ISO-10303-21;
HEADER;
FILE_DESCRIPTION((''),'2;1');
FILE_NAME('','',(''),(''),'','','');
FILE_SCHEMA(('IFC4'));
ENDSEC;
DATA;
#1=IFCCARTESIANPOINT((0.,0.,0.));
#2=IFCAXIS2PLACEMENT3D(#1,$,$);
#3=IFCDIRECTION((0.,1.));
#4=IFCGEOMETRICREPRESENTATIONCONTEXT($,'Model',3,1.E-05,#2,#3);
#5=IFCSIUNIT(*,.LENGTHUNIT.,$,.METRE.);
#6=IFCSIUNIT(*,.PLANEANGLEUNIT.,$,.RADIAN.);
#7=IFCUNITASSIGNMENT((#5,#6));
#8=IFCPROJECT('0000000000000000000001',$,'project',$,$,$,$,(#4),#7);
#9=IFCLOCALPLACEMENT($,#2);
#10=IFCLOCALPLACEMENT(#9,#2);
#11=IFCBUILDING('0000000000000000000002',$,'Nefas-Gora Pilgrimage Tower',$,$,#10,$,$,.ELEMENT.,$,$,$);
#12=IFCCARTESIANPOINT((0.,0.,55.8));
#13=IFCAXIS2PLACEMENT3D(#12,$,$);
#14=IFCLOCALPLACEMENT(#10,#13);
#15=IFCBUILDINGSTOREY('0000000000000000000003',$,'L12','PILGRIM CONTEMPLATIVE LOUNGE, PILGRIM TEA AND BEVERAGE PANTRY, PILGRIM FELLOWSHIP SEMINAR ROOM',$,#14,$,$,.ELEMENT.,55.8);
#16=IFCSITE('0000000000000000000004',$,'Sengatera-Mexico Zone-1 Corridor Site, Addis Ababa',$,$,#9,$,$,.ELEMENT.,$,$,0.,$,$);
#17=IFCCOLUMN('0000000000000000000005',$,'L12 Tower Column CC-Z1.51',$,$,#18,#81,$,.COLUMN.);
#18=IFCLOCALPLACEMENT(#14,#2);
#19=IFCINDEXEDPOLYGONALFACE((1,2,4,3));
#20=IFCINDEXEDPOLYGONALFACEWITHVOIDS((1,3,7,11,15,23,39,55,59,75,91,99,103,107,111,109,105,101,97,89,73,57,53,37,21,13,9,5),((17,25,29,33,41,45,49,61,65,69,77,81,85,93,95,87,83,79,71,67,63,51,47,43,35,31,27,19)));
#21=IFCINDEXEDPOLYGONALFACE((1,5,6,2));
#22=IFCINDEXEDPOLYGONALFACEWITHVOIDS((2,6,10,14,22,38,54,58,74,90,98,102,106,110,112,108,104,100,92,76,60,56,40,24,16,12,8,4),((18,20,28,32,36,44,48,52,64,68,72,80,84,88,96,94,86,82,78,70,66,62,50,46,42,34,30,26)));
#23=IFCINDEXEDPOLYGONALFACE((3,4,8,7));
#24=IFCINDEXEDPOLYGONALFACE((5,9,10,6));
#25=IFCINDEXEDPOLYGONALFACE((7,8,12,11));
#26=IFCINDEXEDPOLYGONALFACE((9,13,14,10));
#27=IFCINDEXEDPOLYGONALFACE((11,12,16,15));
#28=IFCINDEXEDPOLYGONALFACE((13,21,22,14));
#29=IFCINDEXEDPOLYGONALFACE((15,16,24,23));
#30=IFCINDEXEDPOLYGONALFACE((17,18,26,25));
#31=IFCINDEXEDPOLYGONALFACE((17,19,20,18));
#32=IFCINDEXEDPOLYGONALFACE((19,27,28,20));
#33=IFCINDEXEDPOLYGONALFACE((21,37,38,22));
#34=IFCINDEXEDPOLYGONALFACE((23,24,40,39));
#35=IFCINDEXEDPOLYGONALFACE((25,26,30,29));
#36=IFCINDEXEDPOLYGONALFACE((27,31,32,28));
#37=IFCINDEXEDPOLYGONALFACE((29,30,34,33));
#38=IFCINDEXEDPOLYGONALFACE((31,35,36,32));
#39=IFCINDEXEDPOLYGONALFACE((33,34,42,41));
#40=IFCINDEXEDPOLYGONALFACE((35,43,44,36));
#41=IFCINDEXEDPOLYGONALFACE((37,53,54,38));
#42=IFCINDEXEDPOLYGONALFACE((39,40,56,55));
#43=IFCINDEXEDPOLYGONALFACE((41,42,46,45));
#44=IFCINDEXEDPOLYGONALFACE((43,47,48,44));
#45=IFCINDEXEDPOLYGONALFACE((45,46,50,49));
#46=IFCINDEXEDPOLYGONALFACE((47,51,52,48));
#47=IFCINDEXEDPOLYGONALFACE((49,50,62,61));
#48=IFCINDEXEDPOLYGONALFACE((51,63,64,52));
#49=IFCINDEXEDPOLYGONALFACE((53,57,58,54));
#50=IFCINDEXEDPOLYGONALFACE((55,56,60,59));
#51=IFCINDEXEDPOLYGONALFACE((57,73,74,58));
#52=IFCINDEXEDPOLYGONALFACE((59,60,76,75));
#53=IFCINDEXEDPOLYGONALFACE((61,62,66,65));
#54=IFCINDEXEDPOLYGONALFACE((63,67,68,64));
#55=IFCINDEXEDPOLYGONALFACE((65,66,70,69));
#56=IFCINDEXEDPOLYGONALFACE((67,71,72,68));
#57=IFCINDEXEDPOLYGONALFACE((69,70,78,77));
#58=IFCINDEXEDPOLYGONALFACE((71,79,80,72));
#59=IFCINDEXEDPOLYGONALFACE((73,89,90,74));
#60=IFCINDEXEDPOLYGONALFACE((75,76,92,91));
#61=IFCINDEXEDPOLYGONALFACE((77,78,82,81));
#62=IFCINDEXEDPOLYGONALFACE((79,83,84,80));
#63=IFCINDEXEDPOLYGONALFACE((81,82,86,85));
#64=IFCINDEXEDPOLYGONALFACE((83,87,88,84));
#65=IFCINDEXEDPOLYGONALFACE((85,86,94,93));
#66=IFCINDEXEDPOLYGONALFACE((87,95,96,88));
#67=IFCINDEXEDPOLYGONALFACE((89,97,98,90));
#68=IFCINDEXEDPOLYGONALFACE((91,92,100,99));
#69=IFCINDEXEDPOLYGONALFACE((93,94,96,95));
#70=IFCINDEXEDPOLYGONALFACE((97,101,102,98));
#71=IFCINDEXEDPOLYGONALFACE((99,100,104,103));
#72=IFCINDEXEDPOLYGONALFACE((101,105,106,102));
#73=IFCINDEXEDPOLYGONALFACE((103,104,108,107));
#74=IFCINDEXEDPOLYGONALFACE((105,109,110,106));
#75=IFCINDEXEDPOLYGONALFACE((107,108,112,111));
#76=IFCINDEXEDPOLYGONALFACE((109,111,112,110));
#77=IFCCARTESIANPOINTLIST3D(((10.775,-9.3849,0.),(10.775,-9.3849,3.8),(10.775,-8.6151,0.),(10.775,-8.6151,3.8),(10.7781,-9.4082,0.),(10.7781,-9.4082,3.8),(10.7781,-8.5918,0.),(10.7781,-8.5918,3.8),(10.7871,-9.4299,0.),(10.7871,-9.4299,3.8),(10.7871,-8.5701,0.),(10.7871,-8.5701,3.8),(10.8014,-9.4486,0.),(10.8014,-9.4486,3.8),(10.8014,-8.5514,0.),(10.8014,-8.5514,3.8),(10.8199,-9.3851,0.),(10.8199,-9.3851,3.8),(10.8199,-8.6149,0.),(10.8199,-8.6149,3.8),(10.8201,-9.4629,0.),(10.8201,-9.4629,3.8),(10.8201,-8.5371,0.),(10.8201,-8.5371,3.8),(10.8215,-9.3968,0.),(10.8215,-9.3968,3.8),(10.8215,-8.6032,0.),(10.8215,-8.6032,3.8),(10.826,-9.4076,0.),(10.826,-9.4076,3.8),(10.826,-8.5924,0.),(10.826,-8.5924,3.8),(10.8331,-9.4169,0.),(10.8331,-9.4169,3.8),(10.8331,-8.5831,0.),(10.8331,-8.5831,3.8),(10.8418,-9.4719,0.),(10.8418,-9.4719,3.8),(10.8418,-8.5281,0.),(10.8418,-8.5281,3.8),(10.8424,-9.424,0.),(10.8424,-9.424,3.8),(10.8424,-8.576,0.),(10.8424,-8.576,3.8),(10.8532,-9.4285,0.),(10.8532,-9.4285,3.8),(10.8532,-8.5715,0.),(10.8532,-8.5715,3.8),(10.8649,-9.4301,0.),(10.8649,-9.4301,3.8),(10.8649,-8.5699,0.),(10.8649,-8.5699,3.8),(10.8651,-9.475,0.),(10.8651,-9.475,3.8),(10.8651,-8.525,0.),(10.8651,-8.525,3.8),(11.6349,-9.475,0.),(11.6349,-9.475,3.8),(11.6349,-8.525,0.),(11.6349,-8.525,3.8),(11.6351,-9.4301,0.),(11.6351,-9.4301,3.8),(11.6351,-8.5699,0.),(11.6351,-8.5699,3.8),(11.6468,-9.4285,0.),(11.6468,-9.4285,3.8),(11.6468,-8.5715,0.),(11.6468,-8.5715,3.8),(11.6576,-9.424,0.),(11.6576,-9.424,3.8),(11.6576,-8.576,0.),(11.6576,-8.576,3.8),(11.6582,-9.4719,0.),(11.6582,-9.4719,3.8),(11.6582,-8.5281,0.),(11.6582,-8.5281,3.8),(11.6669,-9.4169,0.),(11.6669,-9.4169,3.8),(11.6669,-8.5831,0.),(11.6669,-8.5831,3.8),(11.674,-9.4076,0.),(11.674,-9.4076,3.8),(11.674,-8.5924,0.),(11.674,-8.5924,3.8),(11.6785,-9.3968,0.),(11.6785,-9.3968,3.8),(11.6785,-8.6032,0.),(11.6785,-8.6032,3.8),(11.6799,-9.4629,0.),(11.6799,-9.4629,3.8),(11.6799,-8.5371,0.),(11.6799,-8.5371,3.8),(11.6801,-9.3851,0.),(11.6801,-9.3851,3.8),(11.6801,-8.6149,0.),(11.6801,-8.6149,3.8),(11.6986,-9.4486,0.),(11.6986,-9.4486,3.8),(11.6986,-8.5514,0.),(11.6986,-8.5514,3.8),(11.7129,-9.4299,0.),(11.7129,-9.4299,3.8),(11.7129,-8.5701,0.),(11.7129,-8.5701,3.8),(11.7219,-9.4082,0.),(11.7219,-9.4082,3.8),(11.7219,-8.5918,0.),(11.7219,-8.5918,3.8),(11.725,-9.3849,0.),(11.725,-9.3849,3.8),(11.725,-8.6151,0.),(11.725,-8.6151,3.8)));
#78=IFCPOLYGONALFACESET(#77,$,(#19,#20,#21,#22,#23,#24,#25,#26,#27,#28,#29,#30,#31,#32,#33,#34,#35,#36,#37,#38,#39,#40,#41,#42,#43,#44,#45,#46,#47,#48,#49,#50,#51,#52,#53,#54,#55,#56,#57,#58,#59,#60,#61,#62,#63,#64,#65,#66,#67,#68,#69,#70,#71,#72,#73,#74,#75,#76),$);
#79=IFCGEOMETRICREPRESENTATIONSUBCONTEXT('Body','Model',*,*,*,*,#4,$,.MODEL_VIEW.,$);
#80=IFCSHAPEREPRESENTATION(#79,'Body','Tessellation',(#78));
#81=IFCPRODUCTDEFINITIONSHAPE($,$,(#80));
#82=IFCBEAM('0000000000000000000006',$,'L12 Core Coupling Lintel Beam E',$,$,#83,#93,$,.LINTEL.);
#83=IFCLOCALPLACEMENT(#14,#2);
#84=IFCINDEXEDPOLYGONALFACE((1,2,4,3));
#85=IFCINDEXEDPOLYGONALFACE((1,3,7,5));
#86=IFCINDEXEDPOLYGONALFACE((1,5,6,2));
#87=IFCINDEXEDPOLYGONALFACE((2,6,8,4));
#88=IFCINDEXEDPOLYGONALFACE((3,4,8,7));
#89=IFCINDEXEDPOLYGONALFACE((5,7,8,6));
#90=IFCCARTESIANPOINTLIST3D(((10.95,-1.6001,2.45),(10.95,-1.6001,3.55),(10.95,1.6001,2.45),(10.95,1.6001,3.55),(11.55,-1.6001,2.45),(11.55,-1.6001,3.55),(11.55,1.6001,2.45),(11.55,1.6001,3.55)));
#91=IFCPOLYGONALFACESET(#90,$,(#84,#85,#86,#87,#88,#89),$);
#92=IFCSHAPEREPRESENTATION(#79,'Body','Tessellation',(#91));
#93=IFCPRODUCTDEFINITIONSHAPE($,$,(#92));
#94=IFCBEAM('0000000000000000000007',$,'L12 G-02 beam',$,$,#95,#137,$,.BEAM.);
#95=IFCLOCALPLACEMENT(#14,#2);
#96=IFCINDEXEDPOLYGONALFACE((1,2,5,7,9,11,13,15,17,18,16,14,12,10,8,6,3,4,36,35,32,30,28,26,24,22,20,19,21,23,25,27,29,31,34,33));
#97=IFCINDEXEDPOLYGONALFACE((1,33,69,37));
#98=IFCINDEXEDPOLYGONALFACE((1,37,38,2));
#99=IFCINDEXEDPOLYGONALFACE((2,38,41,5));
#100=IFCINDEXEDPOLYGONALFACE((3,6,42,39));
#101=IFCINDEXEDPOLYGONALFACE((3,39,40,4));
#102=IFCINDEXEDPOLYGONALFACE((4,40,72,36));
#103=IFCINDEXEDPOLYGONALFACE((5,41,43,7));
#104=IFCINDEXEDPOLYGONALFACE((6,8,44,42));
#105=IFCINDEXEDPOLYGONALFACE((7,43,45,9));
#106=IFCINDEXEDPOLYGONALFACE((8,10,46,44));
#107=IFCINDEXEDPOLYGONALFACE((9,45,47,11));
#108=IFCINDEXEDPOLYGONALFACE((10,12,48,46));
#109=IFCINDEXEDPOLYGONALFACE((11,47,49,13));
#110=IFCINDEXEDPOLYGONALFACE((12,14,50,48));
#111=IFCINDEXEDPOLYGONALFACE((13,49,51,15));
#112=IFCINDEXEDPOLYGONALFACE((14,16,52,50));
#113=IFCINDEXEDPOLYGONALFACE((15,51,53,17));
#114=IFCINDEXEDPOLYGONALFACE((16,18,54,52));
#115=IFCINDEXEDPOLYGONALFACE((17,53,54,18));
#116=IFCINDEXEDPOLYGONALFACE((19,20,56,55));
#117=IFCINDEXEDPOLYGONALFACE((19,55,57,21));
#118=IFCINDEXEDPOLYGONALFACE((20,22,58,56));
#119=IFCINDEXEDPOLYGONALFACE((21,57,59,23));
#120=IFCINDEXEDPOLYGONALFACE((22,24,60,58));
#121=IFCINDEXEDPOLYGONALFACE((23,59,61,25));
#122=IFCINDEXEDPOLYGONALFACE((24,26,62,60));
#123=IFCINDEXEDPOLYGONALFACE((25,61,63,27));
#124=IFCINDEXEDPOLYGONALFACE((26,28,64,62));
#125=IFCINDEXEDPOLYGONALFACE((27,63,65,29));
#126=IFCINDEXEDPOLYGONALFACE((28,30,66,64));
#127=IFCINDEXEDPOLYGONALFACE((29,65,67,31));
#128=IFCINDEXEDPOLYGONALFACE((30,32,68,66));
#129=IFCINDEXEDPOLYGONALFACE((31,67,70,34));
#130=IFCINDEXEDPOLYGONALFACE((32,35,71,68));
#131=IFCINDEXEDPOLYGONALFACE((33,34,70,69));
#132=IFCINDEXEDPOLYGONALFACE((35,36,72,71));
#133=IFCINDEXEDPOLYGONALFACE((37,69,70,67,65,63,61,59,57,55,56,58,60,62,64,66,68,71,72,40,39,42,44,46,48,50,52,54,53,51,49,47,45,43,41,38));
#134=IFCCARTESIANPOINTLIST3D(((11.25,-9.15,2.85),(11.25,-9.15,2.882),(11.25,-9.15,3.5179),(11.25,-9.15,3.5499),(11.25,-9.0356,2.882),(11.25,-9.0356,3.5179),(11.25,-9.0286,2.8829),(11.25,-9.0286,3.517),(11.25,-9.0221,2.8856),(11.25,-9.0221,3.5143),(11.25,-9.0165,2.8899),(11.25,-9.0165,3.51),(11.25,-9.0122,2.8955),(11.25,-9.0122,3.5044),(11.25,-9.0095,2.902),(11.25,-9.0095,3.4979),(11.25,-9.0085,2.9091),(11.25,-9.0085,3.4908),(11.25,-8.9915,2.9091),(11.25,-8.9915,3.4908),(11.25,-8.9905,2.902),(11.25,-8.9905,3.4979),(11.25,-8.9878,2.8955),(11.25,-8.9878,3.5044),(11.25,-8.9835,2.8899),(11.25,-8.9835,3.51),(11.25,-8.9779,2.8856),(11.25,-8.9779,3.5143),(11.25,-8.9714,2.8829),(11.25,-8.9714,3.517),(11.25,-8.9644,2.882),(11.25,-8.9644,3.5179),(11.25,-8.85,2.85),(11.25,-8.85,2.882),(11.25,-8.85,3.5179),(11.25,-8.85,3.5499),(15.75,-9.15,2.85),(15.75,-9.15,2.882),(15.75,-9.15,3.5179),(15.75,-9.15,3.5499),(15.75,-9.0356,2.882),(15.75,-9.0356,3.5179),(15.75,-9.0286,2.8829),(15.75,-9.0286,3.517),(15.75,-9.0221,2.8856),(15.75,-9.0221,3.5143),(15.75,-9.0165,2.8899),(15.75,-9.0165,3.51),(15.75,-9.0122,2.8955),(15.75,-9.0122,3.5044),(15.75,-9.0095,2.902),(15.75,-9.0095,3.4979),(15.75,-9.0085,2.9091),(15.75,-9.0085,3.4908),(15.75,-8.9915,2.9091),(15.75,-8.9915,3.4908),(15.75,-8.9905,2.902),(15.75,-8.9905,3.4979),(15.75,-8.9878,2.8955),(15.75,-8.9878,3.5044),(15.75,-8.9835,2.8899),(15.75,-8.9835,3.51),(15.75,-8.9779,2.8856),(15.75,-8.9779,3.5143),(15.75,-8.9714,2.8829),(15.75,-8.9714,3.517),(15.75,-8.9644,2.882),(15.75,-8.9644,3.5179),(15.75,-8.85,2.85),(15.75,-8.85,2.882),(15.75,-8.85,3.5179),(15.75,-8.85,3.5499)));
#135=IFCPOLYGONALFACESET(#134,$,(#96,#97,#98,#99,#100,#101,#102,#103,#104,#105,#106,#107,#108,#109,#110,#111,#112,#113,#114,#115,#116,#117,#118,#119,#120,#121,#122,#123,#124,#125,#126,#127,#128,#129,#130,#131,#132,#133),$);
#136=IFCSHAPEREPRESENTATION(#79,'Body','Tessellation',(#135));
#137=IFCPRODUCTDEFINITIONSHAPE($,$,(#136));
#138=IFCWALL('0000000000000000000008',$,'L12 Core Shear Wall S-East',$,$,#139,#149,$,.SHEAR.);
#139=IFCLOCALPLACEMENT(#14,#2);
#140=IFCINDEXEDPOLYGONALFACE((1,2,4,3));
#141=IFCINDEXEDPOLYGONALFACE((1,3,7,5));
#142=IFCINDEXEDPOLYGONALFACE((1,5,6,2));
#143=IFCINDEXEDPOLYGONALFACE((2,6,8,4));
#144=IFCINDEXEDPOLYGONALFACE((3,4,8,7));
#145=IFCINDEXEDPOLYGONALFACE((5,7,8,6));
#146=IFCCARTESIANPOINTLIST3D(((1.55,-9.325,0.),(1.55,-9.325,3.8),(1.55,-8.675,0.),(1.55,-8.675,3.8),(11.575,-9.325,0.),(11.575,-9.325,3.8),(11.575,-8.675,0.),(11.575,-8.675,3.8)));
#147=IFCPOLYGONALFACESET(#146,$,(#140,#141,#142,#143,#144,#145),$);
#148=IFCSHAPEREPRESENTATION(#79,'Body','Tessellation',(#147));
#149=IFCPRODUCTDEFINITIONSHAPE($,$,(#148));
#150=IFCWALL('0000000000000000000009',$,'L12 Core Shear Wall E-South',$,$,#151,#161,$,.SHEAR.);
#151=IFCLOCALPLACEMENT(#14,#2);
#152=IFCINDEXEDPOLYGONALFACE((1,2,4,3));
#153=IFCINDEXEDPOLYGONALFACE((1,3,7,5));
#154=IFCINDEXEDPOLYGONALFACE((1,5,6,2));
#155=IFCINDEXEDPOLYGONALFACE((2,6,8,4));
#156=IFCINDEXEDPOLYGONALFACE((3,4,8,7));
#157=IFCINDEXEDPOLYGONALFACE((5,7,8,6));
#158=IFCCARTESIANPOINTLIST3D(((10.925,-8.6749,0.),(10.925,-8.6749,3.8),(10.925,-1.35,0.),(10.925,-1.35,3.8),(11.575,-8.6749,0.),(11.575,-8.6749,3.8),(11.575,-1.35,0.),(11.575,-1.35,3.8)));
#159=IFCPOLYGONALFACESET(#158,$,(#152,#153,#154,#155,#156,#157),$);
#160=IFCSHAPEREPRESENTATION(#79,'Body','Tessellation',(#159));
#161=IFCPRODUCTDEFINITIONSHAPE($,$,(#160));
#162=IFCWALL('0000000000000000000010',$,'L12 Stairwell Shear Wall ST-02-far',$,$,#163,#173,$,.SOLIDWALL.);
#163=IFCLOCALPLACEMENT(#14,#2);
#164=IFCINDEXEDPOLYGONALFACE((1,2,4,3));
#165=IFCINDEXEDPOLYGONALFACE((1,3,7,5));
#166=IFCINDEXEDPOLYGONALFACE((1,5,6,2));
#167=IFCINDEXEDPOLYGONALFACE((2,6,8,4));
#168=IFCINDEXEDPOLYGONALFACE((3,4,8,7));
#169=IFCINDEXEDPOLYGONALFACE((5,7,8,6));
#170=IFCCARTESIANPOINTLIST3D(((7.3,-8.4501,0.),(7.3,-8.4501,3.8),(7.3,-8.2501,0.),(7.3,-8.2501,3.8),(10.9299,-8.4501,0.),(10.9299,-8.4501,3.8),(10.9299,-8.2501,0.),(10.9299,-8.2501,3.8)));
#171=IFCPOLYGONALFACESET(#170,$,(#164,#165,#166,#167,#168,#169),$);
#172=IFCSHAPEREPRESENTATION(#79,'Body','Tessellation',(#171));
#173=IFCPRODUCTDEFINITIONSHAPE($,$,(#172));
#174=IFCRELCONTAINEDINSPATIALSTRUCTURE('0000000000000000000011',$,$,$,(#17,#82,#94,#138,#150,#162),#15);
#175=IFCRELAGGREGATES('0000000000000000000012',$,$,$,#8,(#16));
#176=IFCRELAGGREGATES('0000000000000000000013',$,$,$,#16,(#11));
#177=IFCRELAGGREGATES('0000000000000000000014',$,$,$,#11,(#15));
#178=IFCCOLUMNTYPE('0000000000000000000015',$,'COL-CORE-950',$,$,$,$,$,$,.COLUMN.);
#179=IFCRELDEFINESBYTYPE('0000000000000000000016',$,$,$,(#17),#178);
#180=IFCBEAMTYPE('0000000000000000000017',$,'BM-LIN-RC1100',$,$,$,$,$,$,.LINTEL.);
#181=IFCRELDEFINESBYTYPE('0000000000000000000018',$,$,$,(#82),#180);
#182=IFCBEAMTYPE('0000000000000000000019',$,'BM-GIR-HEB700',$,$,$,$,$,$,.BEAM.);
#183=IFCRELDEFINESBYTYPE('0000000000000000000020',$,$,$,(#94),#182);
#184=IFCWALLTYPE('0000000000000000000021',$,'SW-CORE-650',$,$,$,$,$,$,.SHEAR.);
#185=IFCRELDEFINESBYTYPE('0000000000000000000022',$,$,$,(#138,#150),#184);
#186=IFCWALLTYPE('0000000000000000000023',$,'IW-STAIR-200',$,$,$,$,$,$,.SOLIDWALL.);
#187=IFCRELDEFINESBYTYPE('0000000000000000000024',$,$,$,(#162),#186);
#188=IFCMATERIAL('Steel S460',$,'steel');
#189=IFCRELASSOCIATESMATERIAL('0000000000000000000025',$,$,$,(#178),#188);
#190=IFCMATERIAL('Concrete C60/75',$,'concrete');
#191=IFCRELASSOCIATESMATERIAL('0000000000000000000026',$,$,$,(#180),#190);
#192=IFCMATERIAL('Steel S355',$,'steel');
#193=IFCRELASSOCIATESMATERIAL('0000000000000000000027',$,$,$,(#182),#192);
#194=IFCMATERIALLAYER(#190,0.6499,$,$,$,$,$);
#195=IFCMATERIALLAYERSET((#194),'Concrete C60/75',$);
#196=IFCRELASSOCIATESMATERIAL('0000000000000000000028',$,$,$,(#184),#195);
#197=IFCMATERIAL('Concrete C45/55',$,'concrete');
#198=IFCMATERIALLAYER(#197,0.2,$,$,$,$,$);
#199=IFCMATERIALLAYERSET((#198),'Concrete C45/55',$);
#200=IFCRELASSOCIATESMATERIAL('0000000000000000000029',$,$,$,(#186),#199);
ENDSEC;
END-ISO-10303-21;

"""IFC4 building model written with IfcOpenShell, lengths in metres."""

from ifc_helpers import new_model, si_unit, direction, frame, frame_2d, origin, origin_2d, place, context, subcontext, project, spatial, rectangle, hollow_rectangle, i_section, extrude, source, transform, mapped, material, layer, layer_set, material_profile, profile_set, type_object, element, save


model = new_model("IFC4")

# Units and contexts
model_context = context("Model", 3, precision=1e-05, world=origin(), true_north=direction((0.0, 1.0)))
body_context = subcontext(model_context, "Body", "Model", "MODEL_VIEW")
ifc_project = project(units=[si_unit("LENGTHUNIT", "METRE"), si_unit("PLANEANGLEUNIT", "RADIAN")], contexts=[model_context])

# Site, building, storey
site_placement = place(None, origin())
site = spatial("IfcSite", under=ifc_project, at=site_placement, Name="Sengatera-Mexico Zone-1 Corridor Site, Addis Ababa", CompositionType="ELEMENT", RefElevation=0.0)
building_placement = place(site_placement, origin())
building = spatial("IfcBuilding", under=site, at=building_placement, Name="Nefas-Gora Pilgrimage Tower", CompositionType="ELEMENT")
storey_placement = place(building_placement, frame((0.0, 0.0, 55.8)))
storey = spatial("IfcBuildingStorey", under=building, at=storey_placement, Name="L12", Description="PILGRIM CONTEMPLATIVE LOUNGE, PILGRIM TEA AND BEVERAGE PANTRY, PILGRIM FELLOWSHIP SEMINAR ROOM", CompositionType="ELEMENT", Elevation=55.8)

# Column
ifc_material_1 = material(Name="Steel S460", Category="steel")
ifc_material_profile_1 = material_profile(ifc_material_1, hollow_rectangle(XDim=0.95, YDim=0.95, WallThickness=0.0449, InnerFilletRadius=0.0449, OuterFilletRadius=0.0901, at=origin_2d()), Name="BOX 950x950x45")
ifc_profile_set_1 = profile_set([ifc_material_profile_1], Name="Steel S460")
column_type = type_object("IfcColumnType", Name="COL-CORE-950", PredefinedType="COLUMN", material=ifc_profile_set_1)
shared_shape_1 = source(origin(), body_context, "Body", "SweptSolid", [
    extrude(hollow_rectangle(XDim=0.95, YDim=0.95, WallThickness=0.0449, InnerFilletRadius=0.0449, OuterFilletRadius=0.0901, at=origin_2d()), origin(), (0.0, 0.0, 1.0), 3.8),
])
column_placement = place(storey_placement, frame((11.25, -9.0, 0.0), z_axis=(0.0, 0.0, 1.0), x_axis=(1.0, 0.0, 0.0)))
element("IfcColumn", 1, at=column_placement, inside=storey, type_object=column_type, Name="L12 Tower Column CC-Z1.51", PredefinedType="COLUMN", context=body_context, shape_type="MappedRepresentation", body=[
    mapped(shared_shape_1, transform((0.0, 0.0, 0.0), x_axis=(1.0, 0.0, 0.0), y_axis=(0.0, 1.0, 0.0), z_axis=(0.0, 0.0, 1.0), scale=1.0)),
])

# Beams
ifc_material_2 = material(Name="Concrete C60/75", Category="concrete")
ifc_material_profile_2 = material_profile(ifc_material_2, rectangle(XDim=0.6001, YDim=1.1001, at=origin_2d()), Name="RC 600x1100")
ifc_profile_set_2 = profile_set([ifc_material_profile_2], Name="Concrete C60/75")
beam_type_1 = type_object("IfcBeamType", Name="BM-LIN-RC1100", PredefinedType="LINTEL", material=ifc_profile_set_2)
shared_shape_2 = source(origin(), body_context, "Body", "SweptSolid", [
    extrude(rectangle(XDim=0.6001, YDim=1.1001, at=origin_2d()), origin(), (0.0, 0.0, 1.0), 3.2002),
])
beam_1_placement = place(storey_placement, frame((11.25, -1.6001, 3.0), z_axis=(0.0, 1.0, 0.0), x_axis=(-1.0, 0.0, 0.0)))
element("IfcBeam", 2, at=beam_1_placement, inside=storey, type_object=beam_type_1, Name="L12 Core Coupling Lintel Beam E", PredefinedType="LINTEL", context=body_context, shape_type="MappedRepresentation", body=[
    mapped(shared_shape_2, transform((0.0, 0.0, 0.0), x_axis=(1.0, 0.0, 0.0), y_axis=(0.0, 1.0, 0.0), z_axis=(0.0, 0.0, 1.0), scale=1.0)),
])
ifc_material_3 = material(Name="Steel S355", Category="steel")
ifc_material_profile_3 = material_profile(ifc_material_3, i_section(OverallWidth=0.3, OverallDepth=0.7, WebThickness=0.0171, FlangeThickness=0.032, FilletRadius=0.0271, at=origin_2d()), Name="HEB 700")
ifc_profile_set_3 = profile_set([ifc_material_profile_3], Name="Steel S355")
beam_type_2 = type_object("IfcBeamType", Name="BM-GIR-HEB700", PredefinedType="BEAM", material=ifc_profile_set_3)
shared_shape_3 = source(origin(), body_context, "Body", "SweptSolid", [
    extrude(i_section(OverallWidth=0.3, OverallDepth=0.7, WebThickness=0.0171, FlangeThickness=0.032, FilletRadius=0.0271, at=origin_2d()), origin(), (0.0, 0.0, 1.0), 4.5),
])
beam_2_placement = place(storey_placement, frame((11.25, -9.0, 3.2), z_axis=(1.0, 0.0, 0.0), x_axis=(0.0, 1.0, 0.0)))
element("IfcBeam", 3, at=beam_2_placement, inside=storey, type_object=beam_type_2, Name="L12 G-02 beam", PredefinedType="BEAM", context=body_context, shape_type="MappedRepresentation", body=[
    mapped(shared_shape_3, transform((0.0, 0.0, 0.0), x_axis=(1.0, 0.0, 0.0), y_axis=(0.0, 1.0, 0.0), z_axis=(0.0, 0.0, 1.0), scale=1.0)),
])

# Walls
ifc_layer_1 = layer(ifc_material_2, 0.6499)
ifc_layer_set_1 = layer_set([ifc_layer_1], Name="Concrete C60/75")
wall_type_1 = type_object("IfcWallType", Name="SW-CORE-650", PredefinedType="SHEAR", material=ifc_layer_set_1)
shared_shape_4 = source(origin(), body_context, "Body", "SweptSolid", [
    extrude(rectangle(XDim=10.0249, YDim=0.6499, at=frame_2d((5.0125, 0.0))), origin(), (0.0, 0.0, 1.0), 3.8),
])
wall_1_placement = place(storey_placement, frame((1.55, -9.0, 0.0), z_axis=(0.0, 0.0, 1.0), x_axis=(1.0, 0.0, 0.0)))
element("IfcWall", 4, at=wall_1_placement, inside=storey, type_object=wall_type_1, Name="L12 Core Shear Wall S-East", PredefinedType="SHEAR", context=body_context, shape_type="MappedRepresentation", body=[
    mapped(shared_shape_4, transform((0.0, 0.0, 0.0), x_axis=(1.0, 0.0, 0.0), y_axis=(0.0, 1.0, 0.0), z_axis=(0.0, 0.0, 1.0), scale=1.0)),
])
shared_shape_5 = source(origin(), body_context, "Body", "SweptSolid", [
    extrude(rectangle(XDim=7.325, YDim=0.6499, at=frame_2d((3.6626, 0.0))), origin(), (0.0, 0.0, 1.0), 3.8),
])
wall_2_placement = place(storey_placement, frame((11.25, -8.675, 0.0), z_axis=(0.0, 0.0, 1.0), x_axis=(0.0, 1.0, 0.0)))
element("IfcWall", 5, at=wall_2_placement, inside=storey, type_object=wall_type_1, Name="L12 Core Shear Wall E-South", PredefinedType="SHEAR", context=body_context, shape_type="MappedRepresentation", body=[
    mapped(shared_shape_5, transform((0.0, 0.0, 0.0), x_axis=(1.0, 0.0, 0.0), y_axis=(0.0, 1.0, 0.0), z_axis=(0.0, 0.0, 1.0), scale=1.0)),
])
ifc_material_4 = material(Name="Concrete C45/55", Category="concrete")
ifc_layer_2 = layer(ifc_material_4, 0.2)
ifc_layer_set_2 = layer_set([ifc_layer_2], Name="Concrete C45/55")
wall_type_2 = type_object("IfcWallType", Name="IW-STAIR-200", PredefinedType="SOLIDWALL", material=ifc_layer_set_2)
shared_shape_6 = source(origin(), body_context, "Body", "SweptSolid", [
    extrude(rectangle(XDim=3.6299, YDim=0.2, at=frame_2d((1.8149, 0.0))), origin(), (0.0, 0.0, 1.0), 3.8),
])
wall_3_placement = place(storey_placement, frame((7.3, -8.3501, 0.0), z_axis=(0.0, 0.0, 1.0), x_axis=(1.0, 0.0, 0.0)))
element("IfcWall", 6, at=wall_3_placement, inside=storey, type_object=wall_type_2, Name="L12 Stairwell Shear Wall ST-02-far", PredefinedType="SOLIDWALL", context=body_context, shape_type="MappedRepresentation", body=[
    mapped(shared_shape_6, transform((0.0, 0.0, 0.0), x_axis=(1.0, 0.0, 0.0), y_axis=(0.0, 1.0, 0.0), z_axis=(0.0, 0.0, 1.0), scale=1.0)),
])

save(model, "model.ifc")
